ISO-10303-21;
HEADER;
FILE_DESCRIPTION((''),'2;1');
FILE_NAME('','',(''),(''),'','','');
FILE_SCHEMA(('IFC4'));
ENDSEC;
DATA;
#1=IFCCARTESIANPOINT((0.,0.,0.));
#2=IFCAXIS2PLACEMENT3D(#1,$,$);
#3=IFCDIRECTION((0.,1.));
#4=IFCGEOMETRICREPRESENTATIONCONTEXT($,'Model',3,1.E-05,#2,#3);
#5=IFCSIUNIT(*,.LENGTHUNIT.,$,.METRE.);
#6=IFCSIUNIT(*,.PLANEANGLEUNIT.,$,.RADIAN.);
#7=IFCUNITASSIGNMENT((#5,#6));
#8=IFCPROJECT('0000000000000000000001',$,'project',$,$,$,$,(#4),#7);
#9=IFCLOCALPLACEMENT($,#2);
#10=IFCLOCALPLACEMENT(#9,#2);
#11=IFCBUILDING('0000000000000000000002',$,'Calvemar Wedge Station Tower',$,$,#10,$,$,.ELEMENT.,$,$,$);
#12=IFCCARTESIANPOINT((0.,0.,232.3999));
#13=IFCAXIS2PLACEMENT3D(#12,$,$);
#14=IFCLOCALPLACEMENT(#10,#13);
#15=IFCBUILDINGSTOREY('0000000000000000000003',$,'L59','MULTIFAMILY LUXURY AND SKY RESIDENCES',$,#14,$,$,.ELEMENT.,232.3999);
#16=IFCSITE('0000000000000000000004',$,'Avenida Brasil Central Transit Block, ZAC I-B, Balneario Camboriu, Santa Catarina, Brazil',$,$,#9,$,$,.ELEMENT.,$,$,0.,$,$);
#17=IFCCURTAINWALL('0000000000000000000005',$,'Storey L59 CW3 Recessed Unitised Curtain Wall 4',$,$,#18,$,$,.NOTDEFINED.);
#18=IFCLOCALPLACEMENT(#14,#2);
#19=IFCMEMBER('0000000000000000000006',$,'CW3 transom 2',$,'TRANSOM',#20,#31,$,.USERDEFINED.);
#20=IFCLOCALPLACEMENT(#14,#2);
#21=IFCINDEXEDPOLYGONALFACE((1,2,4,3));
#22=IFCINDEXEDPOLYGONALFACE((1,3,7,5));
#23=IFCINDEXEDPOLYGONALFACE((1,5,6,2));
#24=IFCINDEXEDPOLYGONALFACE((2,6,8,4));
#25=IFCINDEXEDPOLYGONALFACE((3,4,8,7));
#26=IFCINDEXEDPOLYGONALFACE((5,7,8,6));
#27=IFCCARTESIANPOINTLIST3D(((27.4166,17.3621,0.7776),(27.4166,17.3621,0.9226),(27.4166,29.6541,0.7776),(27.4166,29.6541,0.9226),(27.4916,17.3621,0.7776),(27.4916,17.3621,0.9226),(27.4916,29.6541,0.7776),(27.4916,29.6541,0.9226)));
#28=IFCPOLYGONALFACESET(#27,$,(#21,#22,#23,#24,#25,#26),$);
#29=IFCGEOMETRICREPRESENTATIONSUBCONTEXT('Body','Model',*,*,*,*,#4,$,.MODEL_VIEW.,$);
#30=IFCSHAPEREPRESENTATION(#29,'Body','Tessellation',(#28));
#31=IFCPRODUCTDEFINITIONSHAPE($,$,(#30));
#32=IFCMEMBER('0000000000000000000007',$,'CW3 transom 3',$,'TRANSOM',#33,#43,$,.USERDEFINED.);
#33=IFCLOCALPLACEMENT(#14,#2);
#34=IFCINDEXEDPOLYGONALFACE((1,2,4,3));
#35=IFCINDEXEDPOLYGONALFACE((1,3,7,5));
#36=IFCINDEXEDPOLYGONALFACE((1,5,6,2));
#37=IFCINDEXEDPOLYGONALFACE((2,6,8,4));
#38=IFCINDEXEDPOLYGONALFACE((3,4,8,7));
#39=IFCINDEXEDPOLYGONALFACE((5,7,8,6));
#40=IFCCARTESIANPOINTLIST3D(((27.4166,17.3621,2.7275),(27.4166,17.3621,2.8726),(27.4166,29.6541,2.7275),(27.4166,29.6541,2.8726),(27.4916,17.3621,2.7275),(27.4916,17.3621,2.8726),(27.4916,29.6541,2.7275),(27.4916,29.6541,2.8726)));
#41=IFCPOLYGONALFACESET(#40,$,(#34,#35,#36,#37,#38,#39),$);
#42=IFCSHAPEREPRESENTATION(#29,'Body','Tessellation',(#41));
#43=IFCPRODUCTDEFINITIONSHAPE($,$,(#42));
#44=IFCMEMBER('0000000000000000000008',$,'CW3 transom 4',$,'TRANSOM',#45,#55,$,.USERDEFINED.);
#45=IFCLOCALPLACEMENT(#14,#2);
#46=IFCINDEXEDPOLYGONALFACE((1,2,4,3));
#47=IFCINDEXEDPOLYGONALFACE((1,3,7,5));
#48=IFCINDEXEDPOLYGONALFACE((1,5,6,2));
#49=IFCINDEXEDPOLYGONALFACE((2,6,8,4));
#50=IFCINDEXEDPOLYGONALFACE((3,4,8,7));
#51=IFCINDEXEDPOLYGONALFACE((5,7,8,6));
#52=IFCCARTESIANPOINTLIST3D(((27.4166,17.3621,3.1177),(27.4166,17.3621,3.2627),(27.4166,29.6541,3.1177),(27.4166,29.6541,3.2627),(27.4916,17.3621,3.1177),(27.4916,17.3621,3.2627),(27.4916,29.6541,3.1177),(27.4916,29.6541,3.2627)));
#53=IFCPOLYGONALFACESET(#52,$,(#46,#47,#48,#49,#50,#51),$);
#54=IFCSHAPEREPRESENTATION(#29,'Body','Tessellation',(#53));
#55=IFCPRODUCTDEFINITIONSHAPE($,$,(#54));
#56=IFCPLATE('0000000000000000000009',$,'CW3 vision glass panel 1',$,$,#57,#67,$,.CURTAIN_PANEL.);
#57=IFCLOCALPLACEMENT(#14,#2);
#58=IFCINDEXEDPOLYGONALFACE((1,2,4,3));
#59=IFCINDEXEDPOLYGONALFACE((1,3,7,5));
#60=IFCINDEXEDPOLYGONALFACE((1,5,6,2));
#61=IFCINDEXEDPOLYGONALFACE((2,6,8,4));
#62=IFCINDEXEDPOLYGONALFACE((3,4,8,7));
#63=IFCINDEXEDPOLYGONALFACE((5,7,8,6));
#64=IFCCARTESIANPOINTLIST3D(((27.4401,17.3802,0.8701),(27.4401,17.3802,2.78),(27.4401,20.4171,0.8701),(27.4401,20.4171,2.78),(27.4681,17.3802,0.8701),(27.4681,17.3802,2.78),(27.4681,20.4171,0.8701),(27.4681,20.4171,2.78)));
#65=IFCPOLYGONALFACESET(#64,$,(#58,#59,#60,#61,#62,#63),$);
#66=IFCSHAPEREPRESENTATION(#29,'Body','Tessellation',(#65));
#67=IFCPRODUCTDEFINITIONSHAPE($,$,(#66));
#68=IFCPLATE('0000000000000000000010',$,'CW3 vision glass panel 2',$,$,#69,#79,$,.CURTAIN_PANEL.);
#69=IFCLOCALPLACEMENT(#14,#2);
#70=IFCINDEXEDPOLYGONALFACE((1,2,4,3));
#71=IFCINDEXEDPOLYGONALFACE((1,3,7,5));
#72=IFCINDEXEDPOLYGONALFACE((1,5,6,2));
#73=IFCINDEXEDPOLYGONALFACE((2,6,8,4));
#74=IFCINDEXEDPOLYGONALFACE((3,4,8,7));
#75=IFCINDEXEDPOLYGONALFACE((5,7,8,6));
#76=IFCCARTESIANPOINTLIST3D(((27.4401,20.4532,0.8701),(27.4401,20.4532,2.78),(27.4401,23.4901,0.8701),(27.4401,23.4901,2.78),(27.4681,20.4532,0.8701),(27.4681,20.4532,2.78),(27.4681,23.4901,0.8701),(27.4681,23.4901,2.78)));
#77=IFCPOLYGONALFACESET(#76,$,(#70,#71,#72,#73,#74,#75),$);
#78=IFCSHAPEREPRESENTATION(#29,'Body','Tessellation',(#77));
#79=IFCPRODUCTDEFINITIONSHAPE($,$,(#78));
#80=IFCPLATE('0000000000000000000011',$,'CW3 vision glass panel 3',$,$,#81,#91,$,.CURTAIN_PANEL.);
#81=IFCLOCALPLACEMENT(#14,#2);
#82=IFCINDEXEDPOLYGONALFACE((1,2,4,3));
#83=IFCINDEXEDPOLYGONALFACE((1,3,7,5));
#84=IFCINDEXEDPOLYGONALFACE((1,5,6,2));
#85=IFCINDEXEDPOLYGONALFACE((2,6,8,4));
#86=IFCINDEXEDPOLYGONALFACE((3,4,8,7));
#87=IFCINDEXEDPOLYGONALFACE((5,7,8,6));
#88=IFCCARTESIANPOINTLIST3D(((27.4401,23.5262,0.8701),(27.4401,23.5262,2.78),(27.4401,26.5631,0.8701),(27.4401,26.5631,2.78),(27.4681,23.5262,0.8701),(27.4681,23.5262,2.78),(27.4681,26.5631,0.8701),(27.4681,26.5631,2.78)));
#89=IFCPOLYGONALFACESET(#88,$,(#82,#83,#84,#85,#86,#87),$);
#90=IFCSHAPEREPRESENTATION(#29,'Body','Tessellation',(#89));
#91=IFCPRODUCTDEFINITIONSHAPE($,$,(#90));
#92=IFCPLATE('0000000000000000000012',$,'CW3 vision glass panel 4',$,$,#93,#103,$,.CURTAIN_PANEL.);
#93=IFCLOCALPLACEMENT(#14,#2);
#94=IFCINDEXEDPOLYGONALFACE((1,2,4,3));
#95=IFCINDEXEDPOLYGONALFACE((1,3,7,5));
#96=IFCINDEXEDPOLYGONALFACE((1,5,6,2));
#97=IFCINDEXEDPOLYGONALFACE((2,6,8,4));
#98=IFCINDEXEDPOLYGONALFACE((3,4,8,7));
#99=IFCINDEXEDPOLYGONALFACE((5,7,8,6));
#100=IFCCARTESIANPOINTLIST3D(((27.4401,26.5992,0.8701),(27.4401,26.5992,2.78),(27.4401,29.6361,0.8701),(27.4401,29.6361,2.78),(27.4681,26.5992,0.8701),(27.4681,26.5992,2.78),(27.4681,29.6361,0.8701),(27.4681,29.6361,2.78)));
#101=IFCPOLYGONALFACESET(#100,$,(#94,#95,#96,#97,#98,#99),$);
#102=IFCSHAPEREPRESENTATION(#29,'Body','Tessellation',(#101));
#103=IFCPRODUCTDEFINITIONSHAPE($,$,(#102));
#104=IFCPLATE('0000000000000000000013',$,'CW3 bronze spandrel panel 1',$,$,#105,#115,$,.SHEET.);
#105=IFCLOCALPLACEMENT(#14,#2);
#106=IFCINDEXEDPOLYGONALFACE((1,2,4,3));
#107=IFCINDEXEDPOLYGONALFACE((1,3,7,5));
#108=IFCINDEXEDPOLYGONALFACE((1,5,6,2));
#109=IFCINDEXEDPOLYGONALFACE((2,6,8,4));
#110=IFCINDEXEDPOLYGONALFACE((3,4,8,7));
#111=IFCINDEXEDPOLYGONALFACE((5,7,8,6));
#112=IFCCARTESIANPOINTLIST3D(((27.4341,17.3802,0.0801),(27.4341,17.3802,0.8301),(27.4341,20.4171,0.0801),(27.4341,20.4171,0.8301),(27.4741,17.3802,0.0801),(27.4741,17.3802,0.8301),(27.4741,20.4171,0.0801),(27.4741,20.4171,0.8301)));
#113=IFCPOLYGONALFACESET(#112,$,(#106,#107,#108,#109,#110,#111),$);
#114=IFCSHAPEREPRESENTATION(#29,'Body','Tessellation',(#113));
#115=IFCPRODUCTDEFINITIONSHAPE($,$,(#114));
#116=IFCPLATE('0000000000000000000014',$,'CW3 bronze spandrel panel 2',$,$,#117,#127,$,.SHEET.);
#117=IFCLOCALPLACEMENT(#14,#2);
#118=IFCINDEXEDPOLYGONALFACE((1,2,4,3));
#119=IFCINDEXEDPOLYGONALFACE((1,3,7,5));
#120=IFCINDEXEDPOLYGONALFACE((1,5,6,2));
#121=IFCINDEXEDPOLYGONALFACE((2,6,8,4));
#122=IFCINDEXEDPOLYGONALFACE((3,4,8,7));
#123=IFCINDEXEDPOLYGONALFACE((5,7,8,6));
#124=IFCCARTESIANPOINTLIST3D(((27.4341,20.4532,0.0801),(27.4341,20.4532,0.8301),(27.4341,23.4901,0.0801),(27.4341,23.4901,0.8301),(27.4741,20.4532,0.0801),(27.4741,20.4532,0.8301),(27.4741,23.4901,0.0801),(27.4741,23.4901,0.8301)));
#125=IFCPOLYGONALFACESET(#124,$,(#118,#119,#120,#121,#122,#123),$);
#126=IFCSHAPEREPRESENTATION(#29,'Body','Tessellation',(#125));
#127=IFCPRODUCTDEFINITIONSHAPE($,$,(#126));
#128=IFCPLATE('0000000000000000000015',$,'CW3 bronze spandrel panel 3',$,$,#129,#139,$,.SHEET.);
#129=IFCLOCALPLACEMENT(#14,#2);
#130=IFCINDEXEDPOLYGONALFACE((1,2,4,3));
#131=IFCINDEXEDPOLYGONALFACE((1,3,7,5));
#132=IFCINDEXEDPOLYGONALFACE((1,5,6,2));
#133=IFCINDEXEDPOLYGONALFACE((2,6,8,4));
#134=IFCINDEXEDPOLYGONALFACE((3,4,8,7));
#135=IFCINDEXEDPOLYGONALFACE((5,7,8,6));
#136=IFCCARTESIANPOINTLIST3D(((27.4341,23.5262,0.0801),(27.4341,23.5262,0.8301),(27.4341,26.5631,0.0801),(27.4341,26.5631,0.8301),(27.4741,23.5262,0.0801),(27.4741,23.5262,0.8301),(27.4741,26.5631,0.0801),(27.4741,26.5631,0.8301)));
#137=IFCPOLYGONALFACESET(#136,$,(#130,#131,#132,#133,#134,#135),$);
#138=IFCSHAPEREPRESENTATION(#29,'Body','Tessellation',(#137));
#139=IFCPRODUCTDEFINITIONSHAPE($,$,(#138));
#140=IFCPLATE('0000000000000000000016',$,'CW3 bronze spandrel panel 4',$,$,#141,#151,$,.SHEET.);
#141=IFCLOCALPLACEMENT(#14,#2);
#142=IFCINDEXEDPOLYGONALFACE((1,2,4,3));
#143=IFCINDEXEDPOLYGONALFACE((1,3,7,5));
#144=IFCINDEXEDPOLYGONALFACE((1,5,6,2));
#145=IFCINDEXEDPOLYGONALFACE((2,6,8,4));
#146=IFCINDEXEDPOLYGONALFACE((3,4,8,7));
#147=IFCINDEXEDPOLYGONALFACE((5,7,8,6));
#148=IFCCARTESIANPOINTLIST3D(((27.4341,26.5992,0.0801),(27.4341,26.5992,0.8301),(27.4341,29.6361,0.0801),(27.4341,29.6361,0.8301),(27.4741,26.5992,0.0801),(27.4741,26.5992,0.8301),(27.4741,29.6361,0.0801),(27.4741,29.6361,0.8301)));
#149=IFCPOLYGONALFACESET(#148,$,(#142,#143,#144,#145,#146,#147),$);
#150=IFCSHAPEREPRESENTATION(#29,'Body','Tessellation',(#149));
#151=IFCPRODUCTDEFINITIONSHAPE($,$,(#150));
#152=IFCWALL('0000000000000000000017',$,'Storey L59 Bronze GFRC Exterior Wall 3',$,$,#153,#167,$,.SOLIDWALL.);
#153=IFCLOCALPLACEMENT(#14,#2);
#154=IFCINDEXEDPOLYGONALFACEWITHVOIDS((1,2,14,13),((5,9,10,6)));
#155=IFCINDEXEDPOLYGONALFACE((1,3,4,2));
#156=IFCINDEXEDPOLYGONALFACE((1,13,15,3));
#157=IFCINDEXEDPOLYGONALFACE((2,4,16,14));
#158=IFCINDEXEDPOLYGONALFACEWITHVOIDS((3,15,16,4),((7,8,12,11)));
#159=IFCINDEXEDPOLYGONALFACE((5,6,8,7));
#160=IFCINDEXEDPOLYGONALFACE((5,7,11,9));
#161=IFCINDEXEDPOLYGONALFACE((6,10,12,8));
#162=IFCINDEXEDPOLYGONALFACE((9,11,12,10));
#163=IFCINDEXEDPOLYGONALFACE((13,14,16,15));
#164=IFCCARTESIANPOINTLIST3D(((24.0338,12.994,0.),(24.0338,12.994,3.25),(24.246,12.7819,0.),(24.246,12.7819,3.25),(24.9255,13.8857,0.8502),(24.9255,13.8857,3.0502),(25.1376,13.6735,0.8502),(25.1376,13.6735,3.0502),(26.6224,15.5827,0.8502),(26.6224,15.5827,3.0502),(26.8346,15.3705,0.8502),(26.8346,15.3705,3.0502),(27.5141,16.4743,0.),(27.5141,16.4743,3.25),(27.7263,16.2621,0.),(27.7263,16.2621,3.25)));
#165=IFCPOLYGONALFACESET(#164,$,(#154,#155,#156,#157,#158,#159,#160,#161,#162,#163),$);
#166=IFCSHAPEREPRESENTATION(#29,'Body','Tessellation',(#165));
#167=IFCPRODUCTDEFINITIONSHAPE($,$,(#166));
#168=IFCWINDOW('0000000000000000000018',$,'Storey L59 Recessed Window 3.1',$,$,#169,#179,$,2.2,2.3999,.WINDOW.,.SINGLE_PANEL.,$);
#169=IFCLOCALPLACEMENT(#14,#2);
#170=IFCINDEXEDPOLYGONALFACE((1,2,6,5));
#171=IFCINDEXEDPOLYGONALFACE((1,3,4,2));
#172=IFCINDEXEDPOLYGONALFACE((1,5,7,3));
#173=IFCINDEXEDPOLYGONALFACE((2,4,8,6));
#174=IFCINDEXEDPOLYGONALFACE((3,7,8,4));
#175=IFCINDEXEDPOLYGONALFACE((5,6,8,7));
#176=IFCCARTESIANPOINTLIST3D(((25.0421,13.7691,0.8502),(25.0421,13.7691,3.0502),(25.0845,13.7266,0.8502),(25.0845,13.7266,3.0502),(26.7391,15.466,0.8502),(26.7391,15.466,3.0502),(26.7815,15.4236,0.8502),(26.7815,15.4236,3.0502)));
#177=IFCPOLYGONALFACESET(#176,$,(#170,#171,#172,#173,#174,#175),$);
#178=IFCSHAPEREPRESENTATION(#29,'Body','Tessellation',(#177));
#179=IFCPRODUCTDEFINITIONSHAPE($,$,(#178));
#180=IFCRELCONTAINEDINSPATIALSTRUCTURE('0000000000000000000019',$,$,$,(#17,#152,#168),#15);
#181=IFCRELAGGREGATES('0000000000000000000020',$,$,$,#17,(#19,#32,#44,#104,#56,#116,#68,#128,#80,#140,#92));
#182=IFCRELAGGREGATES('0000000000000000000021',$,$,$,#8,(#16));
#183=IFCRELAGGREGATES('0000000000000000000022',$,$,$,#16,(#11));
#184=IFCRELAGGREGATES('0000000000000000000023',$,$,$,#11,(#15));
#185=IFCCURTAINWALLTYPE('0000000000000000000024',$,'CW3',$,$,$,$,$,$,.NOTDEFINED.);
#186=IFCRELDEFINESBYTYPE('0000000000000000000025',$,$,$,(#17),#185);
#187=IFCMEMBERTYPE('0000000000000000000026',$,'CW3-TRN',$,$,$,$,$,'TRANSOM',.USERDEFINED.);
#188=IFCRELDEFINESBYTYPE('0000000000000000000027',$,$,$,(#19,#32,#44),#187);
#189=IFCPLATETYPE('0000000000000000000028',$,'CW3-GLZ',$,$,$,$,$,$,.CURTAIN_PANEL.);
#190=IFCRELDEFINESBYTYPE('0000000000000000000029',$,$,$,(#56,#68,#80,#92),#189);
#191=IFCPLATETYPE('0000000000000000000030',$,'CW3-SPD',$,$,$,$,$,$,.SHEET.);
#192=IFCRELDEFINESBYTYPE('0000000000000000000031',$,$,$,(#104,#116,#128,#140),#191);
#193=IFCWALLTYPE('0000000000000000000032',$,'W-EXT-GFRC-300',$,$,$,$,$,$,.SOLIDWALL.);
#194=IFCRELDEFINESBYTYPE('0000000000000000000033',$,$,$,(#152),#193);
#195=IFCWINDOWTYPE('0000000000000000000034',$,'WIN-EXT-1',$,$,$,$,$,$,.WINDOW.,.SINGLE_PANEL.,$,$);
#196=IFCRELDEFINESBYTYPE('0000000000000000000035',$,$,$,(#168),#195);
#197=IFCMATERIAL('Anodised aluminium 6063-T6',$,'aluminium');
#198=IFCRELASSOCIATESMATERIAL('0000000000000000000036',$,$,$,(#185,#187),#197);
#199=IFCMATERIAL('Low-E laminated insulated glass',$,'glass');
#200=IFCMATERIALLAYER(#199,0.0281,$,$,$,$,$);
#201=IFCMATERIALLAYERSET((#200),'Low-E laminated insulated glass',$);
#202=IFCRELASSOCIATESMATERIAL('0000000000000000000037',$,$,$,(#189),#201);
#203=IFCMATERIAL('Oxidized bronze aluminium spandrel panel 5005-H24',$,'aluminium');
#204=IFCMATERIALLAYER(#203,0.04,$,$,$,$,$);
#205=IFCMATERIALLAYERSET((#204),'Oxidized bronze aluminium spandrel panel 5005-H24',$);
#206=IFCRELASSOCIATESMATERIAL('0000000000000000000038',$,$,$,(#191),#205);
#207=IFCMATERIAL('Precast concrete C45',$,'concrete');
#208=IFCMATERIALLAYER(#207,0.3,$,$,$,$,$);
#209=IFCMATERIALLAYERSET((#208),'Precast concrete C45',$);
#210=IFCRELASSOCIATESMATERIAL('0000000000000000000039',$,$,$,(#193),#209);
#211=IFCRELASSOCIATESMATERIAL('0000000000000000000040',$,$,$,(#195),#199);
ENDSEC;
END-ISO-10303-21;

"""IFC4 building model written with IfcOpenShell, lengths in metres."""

from ifc_helpers import new_model, si_unit, direction, frame, frame_2d, origin, origin_2d, place, context, subcontext, project, spatial, rectangle, extrude, source, transform, mapped, material, layer, layer_set, material_profile, profile_set, type_object, element, fill, aggregate, save


model = new_model("IFC4")

# Units and contexts
model_context = context("Model", 3, precision=1e-05, world=origin(), true_north=direction((0.0, 1.0)))
body_context = subcontext(model_context, "Body", "Model", "MODEL_VIEW")
ifc_project = project(units=[si_unit("LENGTHUNIT", "METRE"), si_unit("PLANEANGLEUNIT", "RADIAN")], contexts=[model_context])

# Site, building, storey
site_placement = place(None, origin())
site = spatial("IfcSite", under=ifc_project, at=site_placement, Name="Avenida Brasil Central Transit Block, ZAC I-B, Balneario Camboriu, Santa Catarina, Brazil", CompositionType="ELEMENT", RefElevation=0.0)
building_placement = place(site_placement, origin())
building = spatial("IfcBuilding", under=site, at=building_placement, Name="Calvemar Wedge Station Tower", CompositionType="ELEMENT")
storey_placement = place(building_placement, frame((0.0, 0.0, 232.3999)))
storey = spatial("IfcBuildingStorey", under=building, at=storey_placement, Name="L59", Description="MULTIFAMILY LUXURY AND SKY RESIDENCES", CompositionType="ELEMENT", Elevation=232.3999)

# Curtain wall, members, plates
ifc_material_1 = material(Name="Anodised aluminium 6063-T6", Category="aluminium")
curtain_wall_type = type_object("IfcCurtainWallType", Name="CW3", PredefinedType="NOTDEFINED", material=ifc_material_1)
curtain_wall_placement = place(storey_placement, origin())
curtain_wall = element("IfcCurtainWall", 1, at=curtain_wall_placement, inside=storey, type_object=curtain_wall_type, Name="Storey L59 CW3 Recessed Unitised Curtain Wall 4", PredefinedType="NOTDEFINED")
ifc_material_profile_1 = material_profile(ifc_material_1, rectangle(XDim=0.075, YDim=0.145, at=origin_2d()), Name="AL-TRN-75x145")
ifc_profile_set_1 = profile_set([ifc_material_profile_1], Name="Anodised aluminium 6063-T6")
member_type_1 = type_object("IfcMemberType", Name="CW3-TRN", ElementType="TRANSOM", PredefinedType="USERDEFINED", material=ifc_profile_set_1)
shared_shape_1 = source(origin(), body_context, "Body", "SweptSolid", [
    extrude(rectangle(XDim=0.075, YDim=0.145, at=origin_2d()), origin(), (0.0, 0.0, 1.0), 12.292),
])
member_1_placement = place(storey_placement, frame((27.4541, 17.3621, 0.8501), z_axis=(0.0, 1.0, 0.0), x_axis=(-1.0, 0.0, 0.0)))
member_1 = element("IfcMember", 2, at=member_1_placement, type_object=member_type_1, Name="CW3 transom 2", ObjectType="TRANSOM", PredefinedType="USERDEFINED", context=body_context, shape_type="MappedRepresentation", body=[
    mapped(shared_shape_1, transform((0.0, 0.0, 0.0), scale=1.0)),
])
member_2_placement = place(storey_placement, frame((27.4541, 17.3621, 2.8), z_axis=(0.0, 1.0, 0.0), x_axis=(-1.0, 0.0, 0.0)))
member_2 = element("IfcMember", 3, at=member_2_placement, type_object=member_type_1, Name="CW3 transom 3", ObjectType="TRANSOM", PredefinedType="USERDEFINED", context=body_context, shape_type="MappedRepresentation", body=[
    mapped(shared_shape_1, transform((0.0, 0.0, 0.0), scale=1.0)),
])
member_3_placement = place(storey_placement, frame((27.4541, 17.3621, 3.1902), z_axis=(0.0, 1.0, 0.0), x_axis=(-1.0, 0.0, 0.0)))
member_3 = element("IfcMember", 4, at=member_3_placement, type_object=member_type_1, Name="CW3 transom 4", ObjectType="TRANSOM", PredefinedType="USERDEFINED", context=body_context, shape_type="MappedRepresentation", body=[
    mapped(shared_shape_1, transform((0.0, 0.0, 0.0), scale=1.0)),
])
ifc_material_2 = material(Name="Low-E laminated insulated glass", Category="glass")
ifc_layer_1 = layer(ifc_material_2, 0.0281)
ifc_layer_set_1 = layer_set([ifc_layer_1], Name="Low-E laminated insulated glass")
plate_type_1 = type_object("IfcPlateType", Name="CW3-GLZ", PredefinedType="CURTAIN_PANEL", material=ifc_layer_set_1)
plate_1_placement = place(storey_placement, frame((27.4541, 17.3801, 0.8701), z_axis=(0.0, 0.0, 1.0), x_axis=(0.0, 1.0, 0.0)))
plate_1 = element("IfcPlate", 5, at=plate_1_placement, type_object=plate_type_1, Name="CW3 vision glass panel 1", PredefinedType="CURTAIN_PANEL", context=body_context, shape_type="SweptSolid", body=[
    extrude(rectangle(XDim=3.0369, YDim=0.0281, at=frame_2d((1.5186, 0.0))), origin(), (0.0, 0.0, 1.0), 1.9099),
])
plate_2_placement = place(storey_placement, frame((27.4541, 20.4531, 0.8701), z_axis=(0.0, 0.0, 1.0), x_axis=(0.0, 1.0, 0.0)))
plate_2 = element("IfcPlate", 6, at=plate_2_placement, type_object=plate_type_1, Name="CW3 vision glass panel 2", PredefinedType="CURTAIN_PANEL", context=body_context, shape_type="SweptSolid", body=[
    extrude(rectangle(XDim=3.0369, YDim=0.0281, at=frame_2d((1.5186, 0.0))), origin(), (0.0, 0.0, 1.0), 1.9099),
])
plate_3_placement = place(storey_placement, frame((27.4541, 23.5261, 0.8701), z_axis=(0.0, 0.0, 1.0), x_axis=(0.0, 1.0, 0.0)))
plate_3 = element("IfcPlate", 7, at=plate_3_placement, type_object=plate_type_1, Name="CW3 vision glass panel 3", PredefinedType="CURTAIN_PANEL", context=body_context, shape_type="SweptSolid", body=[
    extrude(rectangle(XDim=3.0369, YDim=0.0281, at=frame_2d((1.5186, 0.0))), origin(), (0.0, 0.0, 1.0), 1.9099),
])
plate_4_placement = place(storey_placement, frame((27.4541, 26.5991, 0.8701), z_axis=(0.0, 0.0, 1.0), x_axis=(0.0, 1.0, 0.0)))
plate_4 = element("IfcPlate", 8, at=plate_4_placement, type_object=plate_type_1, Name="CW3 vision glass panel 4", PredefinedType="CURTAIN_PANEL", context=body_context, shape_type="SweptSolid", body=[
    extrude(rectangle(XDim=3.0369, YDim=0.0281, at=frame_2d((1.5186, 0.0))), origin(), (0.0, 0.0, 1.0), 1.9099),
])
ifc_material_3 = material(Name="Oxidized bronze aluminium spandrel panel 5005-H24", Category="aluminium")
ifc_layer_2 = layer(ifc_material_3, 0.04)
ifc_layer_set_2 = layer_set([ifc_layer_2], Name="Oxidized bronze aluminium spandrel panel 5005-H24")
plate_type_2 = type_object("IfcPlateType", Name="CW3-SPD", PredefinedType="SHEET", material=ifc_layer_set_2)
plate_5_placement = place(storey_placement, frame((27.4541, 17.3801, 0.0801), z_axis=(0.0, 0.0, 1.0), x_axis=(0.0, 1.0, 0.0)))
plate_5 = element("IfcPlate", 9, at=plate_5_placement, type_object=plate_type_2, Name="CW3 bronze spandrel panel 1", PredefinedType="SHEET", context=body_context, shape_type="SweptSolid", body=[
    extrude(rectangle(XDim=3.0369, YDim=0.04, at=frame_2d((1.5186, 0.0))), origin(), (0.0, 0.0, 1.0), 0.75),
])
plate_6_placement = place(storey_placement, frame((27.4541, 20.4531, 0.0801), z_axis=(0.0, 0.0, 1.0), x_axis=(0.0, 1.0, 0.0)))
plate_6 = element("IfcPlate", 10, at=plate_6_placement, type_object=plate_type_2, Name="CW3 bronze spandrel panel 2", PredefinedType="SHEET", context=body_context, shape_type="SweptSolid", body=[
    extrude(rectangle(XDim=3.0369, YDim=0.04, at=frame_2d((1.5186, 0.0))), origin(), (0.0, 0.0, 1.0), 0.75),
])
plate_7_placement = place(storey_placement, frame((27.4541, 23.5261, 0.0801), z_axis=(0.0, 0.0, 1.0), x_axis=(0.0, 1.0, 0.0)))
plate_7 = element("IfcPlate", 11, at=plate_7_placement, type_object=plate_type_2, Name="CW3 bronze spandrel panel 3", PredefinedType="SHEET", context=body_context, shape_type="SweptSolid", body=[
    extrude(rectangle(XDim=3.0369, YDim=0.04, at=frame_2d((1.5186, 0.0))), origin(), (0.0, 0.0, 1.0), 0.75),
])
plate_8_placement = place(storey_placement, frame((27.4541, 26.5991, 0.0801), z_axis=(0.0, 0.0, 1.0), x_axis=(0.0, 1.0, 0.0)))
plate_8 = element("IfcPlate", 12, at=plate_8_placement, type_object=plate_type_2, Name="CW3 bronze spandrel panel 4", PredefinedType="SHEET", context=body_context, shape_type="SweptSolid", body=[
    extrude(rectangle(XDim=3.0369, YDim=0.04, at=frame_2d((1.5186, 0.0))), origin(), (0.0, 0.0, 1.0), 0.75),
])
aggregate(curtain_wall, [member_1, member_2, member_3, plate_5, plate_1, plate_6, plate_2, plate_7, plate_3, plate_8, plate_4])

# Wall, opening, window
ifc_material_4 = material(Name="Precast concrete C45", Category="concrete")
ifc_layer_3 = layer(ifc_material_4, 0.3)
ifc_layer_set_3 = layer_set([ifc_layer_3], Name="Precast concrete C45")
wall_type_1 = type_object("IfcWallType", Name="W-EXT-GFRC-300", PredefinedType="SOLIDWALL", material=ifc_layer_set_3)
wall_1_placement = place(storey_placement, frame((24.1399, 12.8879, 0.0), z_axis=(0.0, 0.0, 1.0), x_axis=(0.707107, 0.707107, 0.0)))
wall_1 = element("IfcWall", 13, at=wall_1_placement, inside=storey, type_object=wall_type_1, Name="Storey L59 Bronze GFRC Exterior Wall 3", PredefinedType="SOLIDWALL", context=body_context, shape_type="SweptSolid", body=[
    extrude(rectangle(XDim=4.9219, YDim=0.3, at=frame_2d((2.4609, 0.0))), origin(), (0.0, 0.0, 1.0), 3.25),
])
shared_shape_2 = source(origin(), body_context, "Body", "SweptSolid", [
    extrude(rectangle(XDim=2.3999, YDim=2.2, at=frame_2d((1.2, 1.1001))), frame((0.0, 0.1602, 0.0), z_axis=(0.0, -1.0, 0.0), x_axis=(1.0, 0.0, 0.0)), (0.0, 0.0, 1.0), 0.3201),
])
opening_placement = place(wall_1_placement, frame((1.261, 0.0, 0.8501)))
opening = element("IfcOpeningElement", 14, at=opening_placement, cuts=wall_1, PredefinedType="OPENING", context=body_context, shape_type="MappedRepresentation", body=[
    mapped(shared_shape_2, transform((0.0, 0.0, 0.0), scale=1.0)),
])
window_type = type_object("IfcWindowType", Name="WIN-EXT-1", PartitioningType="SINGLE_PANEL", PredefinedType="WINDOW", material=ifc_material_2)
shared_shape_3 = source(origin(), body_context, "Body", "SweptSolid", [
    extrude(rectangle(XDim=2.3999, YDim=2.2, at=frame_2d((1.2, 1.1001))), frame((0.0, -0.0149, 0.0), z_axis=(0.0, -1.0, 0.0), x_axis=(1.0, 0.0, 0.0)), (0.0, 0.0, 1.0), 0.0601),
])
window_placement = place(opening_placement, origin())
window = element("IfcWindow", 15, at=window_placement, inside=storey, type_object=window_type, Name="Storey L59 Recessed Window 3.1", OverallHeight=2.2, OverallWidth=2.3999, PartitioningType="SINGLE_PANEL", PredefinedType="WINDOW", context=body_context, shape_type="MappedRepresentation", body=[
    mapped(shared_shape_3, transform((0.0, 0.0, 0.0), scale=1.0)),
])
fill(opening, window)

save(model, "model.ifc")
